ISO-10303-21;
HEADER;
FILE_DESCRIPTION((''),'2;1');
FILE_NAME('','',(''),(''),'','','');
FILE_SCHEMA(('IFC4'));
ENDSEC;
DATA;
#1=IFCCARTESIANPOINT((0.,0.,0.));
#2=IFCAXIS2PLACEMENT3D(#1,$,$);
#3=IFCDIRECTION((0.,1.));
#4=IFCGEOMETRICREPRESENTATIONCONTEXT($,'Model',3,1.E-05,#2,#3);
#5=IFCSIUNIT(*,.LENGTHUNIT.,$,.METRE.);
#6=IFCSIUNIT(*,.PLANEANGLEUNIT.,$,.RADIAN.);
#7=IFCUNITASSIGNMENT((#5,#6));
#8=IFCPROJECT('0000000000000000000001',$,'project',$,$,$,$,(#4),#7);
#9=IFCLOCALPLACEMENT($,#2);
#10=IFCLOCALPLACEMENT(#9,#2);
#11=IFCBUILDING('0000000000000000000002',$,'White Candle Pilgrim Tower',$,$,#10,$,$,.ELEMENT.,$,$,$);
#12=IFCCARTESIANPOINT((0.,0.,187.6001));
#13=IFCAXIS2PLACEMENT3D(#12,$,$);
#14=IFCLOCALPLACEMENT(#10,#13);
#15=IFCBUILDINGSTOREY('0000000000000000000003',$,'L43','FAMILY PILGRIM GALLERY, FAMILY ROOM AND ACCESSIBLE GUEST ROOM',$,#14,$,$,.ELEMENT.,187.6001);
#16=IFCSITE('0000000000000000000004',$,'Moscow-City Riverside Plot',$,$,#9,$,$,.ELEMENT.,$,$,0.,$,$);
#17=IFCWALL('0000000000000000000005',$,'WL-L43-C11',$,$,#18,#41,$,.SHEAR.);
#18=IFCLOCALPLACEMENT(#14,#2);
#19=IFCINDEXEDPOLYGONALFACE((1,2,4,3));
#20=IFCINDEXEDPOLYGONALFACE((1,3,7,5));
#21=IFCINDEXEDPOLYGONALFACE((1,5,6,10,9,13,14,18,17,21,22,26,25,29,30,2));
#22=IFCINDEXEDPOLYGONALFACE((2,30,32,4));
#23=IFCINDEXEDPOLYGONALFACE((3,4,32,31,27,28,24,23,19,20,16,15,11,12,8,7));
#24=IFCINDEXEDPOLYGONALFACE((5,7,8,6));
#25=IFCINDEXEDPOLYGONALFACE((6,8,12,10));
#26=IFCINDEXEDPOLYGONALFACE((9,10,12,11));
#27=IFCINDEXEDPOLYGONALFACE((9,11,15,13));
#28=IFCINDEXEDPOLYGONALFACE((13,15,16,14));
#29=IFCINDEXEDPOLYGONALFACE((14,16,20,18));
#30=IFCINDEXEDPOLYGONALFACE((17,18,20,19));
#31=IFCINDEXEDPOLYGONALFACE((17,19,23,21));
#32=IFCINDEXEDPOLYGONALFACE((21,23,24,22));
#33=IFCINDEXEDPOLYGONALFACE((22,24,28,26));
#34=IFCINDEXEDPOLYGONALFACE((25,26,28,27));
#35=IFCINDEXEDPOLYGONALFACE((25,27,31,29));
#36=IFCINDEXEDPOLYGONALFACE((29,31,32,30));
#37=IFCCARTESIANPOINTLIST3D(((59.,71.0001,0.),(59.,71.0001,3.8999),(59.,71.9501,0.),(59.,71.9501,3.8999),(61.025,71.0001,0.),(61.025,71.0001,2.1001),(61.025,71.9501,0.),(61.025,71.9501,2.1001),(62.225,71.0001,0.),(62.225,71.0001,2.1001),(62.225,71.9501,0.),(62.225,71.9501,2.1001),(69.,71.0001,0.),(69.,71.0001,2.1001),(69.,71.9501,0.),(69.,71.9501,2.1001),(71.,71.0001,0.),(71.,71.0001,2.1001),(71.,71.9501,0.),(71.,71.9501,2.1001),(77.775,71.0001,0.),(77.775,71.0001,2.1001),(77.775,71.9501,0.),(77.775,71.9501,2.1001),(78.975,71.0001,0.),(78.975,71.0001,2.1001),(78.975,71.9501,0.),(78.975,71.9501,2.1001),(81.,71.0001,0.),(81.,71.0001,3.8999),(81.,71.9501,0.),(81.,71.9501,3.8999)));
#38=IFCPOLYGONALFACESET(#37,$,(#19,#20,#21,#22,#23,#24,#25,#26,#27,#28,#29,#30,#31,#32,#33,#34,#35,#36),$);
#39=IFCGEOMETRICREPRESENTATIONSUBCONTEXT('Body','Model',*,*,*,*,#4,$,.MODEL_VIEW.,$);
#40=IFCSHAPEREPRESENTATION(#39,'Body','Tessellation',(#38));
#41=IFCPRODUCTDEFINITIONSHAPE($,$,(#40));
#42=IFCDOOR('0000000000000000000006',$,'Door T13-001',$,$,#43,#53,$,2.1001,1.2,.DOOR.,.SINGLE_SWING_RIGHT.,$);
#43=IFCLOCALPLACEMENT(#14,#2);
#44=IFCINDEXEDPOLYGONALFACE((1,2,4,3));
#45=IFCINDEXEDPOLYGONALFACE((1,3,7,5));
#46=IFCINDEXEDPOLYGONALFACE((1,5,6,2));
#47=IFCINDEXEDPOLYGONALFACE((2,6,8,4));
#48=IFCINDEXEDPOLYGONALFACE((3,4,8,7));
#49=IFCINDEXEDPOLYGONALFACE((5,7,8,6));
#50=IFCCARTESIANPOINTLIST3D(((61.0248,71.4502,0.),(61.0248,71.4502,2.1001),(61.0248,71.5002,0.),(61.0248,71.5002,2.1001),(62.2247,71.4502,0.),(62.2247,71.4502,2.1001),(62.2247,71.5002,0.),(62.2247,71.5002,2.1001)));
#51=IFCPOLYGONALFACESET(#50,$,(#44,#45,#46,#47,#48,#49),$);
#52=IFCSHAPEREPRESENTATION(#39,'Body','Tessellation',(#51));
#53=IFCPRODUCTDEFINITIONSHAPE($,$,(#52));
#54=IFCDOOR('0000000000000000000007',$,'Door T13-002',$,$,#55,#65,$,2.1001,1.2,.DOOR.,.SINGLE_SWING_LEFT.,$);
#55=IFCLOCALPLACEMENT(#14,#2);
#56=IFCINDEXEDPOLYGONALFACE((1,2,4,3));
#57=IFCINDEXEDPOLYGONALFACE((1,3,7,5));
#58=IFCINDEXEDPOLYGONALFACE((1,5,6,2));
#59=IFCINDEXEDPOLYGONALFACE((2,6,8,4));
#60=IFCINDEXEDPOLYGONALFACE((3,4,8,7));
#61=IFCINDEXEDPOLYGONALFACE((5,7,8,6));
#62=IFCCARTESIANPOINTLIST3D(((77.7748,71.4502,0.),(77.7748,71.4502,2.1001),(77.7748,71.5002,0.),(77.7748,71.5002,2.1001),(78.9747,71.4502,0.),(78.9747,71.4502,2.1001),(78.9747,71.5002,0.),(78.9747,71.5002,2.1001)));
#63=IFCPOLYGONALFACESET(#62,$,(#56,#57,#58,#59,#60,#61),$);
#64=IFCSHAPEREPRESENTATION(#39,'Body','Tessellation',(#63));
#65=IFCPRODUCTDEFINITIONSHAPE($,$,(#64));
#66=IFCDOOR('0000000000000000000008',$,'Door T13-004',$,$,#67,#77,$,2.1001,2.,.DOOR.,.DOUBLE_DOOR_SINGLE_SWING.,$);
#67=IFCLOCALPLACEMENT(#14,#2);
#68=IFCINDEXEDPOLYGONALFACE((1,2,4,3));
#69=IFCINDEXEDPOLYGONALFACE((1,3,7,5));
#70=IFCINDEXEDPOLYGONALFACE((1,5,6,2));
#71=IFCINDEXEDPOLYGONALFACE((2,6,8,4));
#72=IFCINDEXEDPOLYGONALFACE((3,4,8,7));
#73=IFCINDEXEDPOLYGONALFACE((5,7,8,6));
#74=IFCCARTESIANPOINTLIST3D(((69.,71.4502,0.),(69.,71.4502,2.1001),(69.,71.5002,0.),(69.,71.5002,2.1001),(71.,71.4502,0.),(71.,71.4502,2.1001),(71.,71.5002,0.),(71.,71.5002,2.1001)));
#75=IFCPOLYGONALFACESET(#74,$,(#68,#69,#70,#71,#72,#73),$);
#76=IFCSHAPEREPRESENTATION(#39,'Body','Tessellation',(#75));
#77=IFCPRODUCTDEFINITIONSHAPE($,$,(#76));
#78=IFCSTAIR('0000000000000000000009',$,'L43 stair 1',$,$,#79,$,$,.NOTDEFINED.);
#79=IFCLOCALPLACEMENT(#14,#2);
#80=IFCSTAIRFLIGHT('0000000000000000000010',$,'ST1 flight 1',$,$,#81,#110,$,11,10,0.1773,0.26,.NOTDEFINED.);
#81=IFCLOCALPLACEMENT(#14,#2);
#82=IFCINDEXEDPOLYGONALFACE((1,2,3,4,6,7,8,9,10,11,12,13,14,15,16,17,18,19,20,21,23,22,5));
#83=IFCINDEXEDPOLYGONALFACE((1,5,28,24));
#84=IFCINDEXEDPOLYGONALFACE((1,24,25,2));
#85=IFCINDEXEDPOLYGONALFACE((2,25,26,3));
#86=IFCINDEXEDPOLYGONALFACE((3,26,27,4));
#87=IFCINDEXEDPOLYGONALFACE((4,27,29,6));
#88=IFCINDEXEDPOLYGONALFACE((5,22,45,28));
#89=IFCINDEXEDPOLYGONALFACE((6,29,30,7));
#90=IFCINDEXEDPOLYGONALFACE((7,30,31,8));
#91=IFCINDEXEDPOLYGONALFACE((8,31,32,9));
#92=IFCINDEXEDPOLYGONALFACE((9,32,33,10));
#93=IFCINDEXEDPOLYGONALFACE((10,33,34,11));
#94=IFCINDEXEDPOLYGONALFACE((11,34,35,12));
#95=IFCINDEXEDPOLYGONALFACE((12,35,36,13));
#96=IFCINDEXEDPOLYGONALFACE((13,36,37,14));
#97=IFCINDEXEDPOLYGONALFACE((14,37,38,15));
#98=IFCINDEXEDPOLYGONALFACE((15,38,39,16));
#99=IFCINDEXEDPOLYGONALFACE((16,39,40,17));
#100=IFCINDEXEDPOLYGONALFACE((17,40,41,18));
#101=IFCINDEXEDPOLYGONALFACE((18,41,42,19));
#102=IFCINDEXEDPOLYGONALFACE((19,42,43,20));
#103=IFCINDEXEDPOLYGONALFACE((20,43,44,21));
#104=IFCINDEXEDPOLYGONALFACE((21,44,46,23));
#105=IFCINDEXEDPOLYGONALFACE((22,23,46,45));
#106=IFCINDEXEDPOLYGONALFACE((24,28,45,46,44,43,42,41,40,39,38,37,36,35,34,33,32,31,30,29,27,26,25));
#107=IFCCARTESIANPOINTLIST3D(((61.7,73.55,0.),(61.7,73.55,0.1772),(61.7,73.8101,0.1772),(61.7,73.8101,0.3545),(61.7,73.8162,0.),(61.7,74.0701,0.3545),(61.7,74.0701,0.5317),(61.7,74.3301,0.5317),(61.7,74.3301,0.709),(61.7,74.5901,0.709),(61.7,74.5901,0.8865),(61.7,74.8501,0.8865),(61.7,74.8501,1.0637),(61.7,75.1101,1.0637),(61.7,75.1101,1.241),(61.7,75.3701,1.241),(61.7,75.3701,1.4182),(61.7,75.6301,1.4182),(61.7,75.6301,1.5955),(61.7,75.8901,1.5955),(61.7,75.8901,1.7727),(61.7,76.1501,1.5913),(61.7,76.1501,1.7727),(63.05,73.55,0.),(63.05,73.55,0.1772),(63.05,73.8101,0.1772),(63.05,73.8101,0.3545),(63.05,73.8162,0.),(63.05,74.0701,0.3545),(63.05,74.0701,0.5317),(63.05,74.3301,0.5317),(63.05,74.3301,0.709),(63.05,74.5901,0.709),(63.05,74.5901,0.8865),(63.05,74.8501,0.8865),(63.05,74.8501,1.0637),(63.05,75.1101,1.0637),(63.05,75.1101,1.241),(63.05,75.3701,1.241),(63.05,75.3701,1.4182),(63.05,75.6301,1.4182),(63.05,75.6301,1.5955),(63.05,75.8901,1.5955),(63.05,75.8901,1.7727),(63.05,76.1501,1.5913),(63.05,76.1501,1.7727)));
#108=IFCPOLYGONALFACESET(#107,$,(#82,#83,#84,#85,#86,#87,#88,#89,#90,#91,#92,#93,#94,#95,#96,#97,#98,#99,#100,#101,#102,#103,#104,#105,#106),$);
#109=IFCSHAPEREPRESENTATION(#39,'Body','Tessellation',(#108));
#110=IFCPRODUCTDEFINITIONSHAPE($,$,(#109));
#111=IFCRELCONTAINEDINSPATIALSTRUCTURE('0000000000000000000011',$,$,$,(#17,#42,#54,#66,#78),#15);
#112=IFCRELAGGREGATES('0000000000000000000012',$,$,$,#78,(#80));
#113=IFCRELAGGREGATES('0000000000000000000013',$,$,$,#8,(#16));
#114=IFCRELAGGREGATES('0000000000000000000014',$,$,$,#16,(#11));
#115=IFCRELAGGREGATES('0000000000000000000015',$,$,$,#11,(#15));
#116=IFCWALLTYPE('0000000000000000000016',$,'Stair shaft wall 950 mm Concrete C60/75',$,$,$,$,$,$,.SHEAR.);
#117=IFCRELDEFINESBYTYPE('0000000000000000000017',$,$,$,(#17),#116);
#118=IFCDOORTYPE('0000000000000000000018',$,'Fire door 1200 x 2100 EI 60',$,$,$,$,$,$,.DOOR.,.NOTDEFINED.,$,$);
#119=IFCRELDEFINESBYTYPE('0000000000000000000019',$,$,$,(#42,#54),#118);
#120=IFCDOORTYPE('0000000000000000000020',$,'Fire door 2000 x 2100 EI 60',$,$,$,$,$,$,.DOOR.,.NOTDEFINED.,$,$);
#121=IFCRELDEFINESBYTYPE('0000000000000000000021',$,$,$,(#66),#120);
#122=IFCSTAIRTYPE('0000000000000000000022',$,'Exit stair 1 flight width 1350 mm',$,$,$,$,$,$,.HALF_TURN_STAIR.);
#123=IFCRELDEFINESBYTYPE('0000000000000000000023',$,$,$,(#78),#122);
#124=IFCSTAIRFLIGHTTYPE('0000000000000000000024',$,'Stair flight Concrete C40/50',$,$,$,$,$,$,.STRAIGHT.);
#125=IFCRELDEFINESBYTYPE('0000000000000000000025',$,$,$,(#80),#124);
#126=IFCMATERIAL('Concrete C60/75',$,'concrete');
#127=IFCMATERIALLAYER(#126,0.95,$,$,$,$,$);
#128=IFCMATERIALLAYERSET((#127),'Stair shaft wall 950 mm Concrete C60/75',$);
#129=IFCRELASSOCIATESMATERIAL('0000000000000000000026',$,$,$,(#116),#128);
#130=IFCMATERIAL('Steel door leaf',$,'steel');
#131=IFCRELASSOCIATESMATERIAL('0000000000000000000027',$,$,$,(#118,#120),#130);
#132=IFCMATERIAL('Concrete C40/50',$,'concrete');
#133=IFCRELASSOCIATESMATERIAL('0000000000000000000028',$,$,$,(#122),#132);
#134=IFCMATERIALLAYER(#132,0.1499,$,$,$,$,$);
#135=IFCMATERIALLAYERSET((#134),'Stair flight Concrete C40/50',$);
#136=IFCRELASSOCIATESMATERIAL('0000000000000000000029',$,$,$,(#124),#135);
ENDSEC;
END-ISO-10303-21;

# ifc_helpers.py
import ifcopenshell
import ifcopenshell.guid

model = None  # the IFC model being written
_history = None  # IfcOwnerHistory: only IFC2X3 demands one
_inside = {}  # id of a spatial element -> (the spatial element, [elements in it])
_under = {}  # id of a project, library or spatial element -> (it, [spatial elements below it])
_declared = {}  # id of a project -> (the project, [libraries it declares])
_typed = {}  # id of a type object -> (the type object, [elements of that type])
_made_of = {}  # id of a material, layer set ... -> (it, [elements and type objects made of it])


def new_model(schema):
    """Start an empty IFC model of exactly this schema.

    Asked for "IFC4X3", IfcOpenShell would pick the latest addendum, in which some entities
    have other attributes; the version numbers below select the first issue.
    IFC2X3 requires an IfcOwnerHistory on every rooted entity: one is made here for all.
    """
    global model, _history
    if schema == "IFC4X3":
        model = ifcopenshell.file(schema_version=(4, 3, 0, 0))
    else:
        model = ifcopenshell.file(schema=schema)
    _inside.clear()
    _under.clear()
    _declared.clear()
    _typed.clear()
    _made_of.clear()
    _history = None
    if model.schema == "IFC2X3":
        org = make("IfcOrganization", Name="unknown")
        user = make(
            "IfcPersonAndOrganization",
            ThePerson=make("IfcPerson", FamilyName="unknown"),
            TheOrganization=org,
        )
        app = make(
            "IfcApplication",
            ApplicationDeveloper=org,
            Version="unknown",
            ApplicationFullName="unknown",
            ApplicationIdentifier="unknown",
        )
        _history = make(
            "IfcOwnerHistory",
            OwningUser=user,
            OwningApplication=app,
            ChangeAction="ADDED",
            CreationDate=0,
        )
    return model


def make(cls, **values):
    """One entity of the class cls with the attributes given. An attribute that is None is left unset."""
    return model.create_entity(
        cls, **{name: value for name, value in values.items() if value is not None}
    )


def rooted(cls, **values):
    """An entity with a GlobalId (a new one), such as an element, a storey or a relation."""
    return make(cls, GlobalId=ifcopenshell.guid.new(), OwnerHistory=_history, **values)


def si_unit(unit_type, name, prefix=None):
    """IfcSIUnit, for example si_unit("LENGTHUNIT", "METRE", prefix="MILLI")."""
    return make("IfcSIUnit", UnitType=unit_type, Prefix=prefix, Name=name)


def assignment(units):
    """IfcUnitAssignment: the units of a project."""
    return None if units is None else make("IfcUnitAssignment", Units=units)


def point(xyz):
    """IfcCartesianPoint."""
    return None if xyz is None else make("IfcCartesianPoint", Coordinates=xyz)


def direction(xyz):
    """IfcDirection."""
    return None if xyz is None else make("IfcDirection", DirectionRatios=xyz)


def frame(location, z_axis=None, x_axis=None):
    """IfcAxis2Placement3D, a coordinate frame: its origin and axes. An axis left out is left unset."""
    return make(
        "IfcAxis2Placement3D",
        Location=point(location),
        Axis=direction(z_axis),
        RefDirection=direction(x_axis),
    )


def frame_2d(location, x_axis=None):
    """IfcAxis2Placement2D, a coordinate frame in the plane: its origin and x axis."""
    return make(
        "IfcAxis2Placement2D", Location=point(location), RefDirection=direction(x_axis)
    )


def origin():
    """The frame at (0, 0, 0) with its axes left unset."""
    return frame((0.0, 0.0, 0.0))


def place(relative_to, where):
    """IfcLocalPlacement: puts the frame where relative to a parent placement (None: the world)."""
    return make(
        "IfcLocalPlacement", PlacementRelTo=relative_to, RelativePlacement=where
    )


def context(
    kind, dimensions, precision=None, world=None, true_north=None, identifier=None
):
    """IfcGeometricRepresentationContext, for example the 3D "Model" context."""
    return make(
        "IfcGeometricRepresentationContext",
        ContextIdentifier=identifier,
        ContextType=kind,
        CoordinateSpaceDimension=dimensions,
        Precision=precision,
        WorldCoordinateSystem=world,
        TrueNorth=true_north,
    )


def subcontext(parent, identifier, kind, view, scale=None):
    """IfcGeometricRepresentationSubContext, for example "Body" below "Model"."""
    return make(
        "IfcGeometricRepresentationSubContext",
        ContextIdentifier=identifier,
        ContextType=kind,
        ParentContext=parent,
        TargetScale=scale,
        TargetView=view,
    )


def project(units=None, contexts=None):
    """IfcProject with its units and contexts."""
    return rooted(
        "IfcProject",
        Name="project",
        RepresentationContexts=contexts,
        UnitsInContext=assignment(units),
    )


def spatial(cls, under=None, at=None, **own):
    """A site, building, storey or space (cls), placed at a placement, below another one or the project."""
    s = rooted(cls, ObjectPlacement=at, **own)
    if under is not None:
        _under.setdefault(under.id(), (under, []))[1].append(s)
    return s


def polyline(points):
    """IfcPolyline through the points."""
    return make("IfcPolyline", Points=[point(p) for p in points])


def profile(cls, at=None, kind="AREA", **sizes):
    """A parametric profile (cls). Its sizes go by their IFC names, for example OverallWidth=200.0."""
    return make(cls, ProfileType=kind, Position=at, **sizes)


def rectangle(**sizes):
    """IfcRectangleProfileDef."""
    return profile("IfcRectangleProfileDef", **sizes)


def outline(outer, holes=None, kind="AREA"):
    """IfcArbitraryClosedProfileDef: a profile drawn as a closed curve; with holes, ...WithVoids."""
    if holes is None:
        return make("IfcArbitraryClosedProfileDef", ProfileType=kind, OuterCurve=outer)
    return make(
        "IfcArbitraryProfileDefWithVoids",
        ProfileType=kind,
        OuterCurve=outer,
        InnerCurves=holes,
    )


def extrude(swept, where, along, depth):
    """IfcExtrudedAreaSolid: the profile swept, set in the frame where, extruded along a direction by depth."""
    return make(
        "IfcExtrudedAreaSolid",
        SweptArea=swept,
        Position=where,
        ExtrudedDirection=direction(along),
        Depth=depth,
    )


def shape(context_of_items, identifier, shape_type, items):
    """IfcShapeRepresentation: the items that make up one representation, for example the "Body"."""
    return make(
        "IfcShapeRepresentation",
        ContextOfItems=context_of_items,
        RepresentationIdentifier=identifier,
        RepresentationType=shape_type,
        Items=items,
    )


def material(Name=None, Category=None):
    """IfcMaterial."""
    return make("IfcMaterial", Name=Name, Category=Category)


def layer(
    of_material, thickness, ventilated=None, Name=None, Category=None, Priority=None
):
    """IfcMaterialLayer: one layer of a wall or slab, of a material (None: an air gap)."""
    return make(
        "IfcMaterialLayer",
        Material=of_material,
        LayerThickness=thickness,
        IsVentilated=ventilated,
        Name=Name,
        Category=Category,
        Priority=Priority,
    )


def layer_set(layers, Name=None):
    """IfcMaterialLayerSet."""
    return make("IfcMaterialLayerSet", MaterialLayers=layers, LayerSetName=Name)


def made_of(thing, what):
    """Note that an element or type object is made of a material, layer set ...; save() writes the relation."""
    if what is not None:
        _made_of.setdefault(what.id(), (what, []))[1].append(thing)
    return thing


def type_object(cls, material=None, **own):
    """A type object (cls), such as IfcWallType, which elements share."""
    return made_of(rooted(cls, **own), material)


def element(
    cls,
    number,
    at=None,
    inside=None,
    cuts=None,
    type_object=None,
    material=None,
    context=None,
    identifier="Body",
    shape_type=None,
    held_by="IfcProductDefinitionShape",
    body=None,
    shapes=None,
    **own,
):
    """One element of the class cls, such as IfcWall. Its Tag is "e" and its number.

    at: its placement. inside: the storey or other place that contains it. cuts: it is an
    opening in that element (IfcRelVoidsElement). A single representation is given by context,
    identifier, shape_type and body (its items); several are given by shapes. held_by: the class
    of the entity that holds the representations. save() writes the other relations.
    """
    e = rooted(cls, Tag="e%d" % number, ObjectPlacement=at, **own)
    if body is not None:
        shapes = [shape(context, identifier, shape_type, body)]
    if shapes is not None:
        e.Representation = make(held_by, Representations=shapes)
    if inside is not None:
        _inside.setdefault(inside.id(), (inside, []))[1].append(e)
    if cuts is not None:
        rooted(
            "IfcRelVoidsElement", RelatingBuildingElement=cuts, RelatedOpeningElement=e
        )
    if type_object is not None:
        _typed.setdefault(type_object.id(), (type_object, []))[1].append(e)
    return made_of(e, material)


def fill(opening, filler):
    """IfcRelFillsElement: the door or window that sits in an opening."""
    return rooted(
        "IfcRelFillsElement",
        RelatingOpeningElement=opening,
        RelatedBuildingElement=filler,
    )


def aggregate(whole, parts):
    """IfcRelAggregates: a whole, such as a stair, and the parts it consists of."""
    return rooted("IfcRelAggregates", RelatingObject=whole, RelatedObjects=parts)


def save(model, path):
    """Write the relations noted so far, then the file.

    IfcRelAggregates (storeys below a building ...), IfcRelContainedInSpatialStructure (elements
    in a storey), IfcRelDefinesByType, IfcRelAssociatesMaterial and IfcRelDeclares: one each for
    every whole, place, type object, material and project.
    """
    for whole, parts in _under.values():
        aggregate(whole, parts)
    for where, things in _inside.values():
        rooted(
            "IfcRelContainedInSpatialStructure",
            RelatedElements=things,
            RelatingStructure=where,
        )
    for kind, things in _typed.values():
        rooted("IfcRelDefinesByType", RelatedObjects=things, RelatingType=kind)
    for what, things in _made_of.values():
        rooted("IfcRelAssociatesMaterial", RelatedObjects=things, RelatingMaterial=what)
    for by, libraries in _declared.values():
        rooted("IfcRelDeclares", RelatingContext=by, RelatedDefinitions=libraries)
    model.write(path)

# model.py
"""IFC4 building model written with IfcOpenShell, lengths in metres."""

from ifc_helpers import new_model, si_unit, direction, frame, frame_2d, origin, place, context, subcontext, project, spatial, polyline, rectangle, outline, extrude, material, layer, layer_set, type_object, element, fill, aggregate, save


model = new_model("IFC4")

# Units and contexts
model_context = context("Model", 3, precision=1e-05, world=origin(), true_north=direction((0.0, 1.0)))
body_context = subcontext(model_context, "Body", "Model", "MODEL_VIEW")
ifc_project = project(units=[si_unit("LENGTHUNIT", "METRE"), si_unit("PLANEANGLEUNIT", "RADIAN")], contexts=[model_context])

# Site, building, storey
site_placement = place(None, origin())
site = spatial("IfcSite", under=ifc_project, at=site_placement, Name="Moscow-City Riverside Plot", CompositionType="ELEMENT", RefElevation=0.0)
building_placement = place(site_placement, origin())
building = spatial("IfcBuilding", under=site, at=building_placement, Name="White Candle Pilgrim Tower", CompositionType="ELEMENT")
storey_placement = place(building_placement, frame((0.0, 0.0, 187.6001)))
storey = spatial("IfcBuildingStorey", under=building, at=storey_placement, Name="L43", Description="FAMILY PILGRIM GALLERY, FAMILY ROOM AND ACCESSIBLE GUEST ROOM", CompositionType="ELEMENT", Elevation=187.6001)

# Shared definitions
ifc_material_1 = material(Name="Concrete C60/75", Category="concrete")

# Wall, openings, doors
ifc_layer_1 = layer(ifc_material_1, 0.95)
ifc_layer_set_1 = layer_set([ifc_layer_1], Name="Stair shaft wall 950 mm Concrete C60/75")
wall_type_1 = type_object("IfcWallType", Name="Stair shaft wall 950 mm Concrete C60/75", PredefinedType="SHEAR", material=ifc_layer_set_1)
wall_1_placement = place(storey_placement, frame((59.0, 71.4751, 0.0), z_axis=(0.0, 0.0, 1.0), x_axis=(1.0, 0.0, 0.0)))
wall_1 = element("IfcWall", 1, at=wall_1_placement, inside=storey, type_object=wall_type_1, Name="WL-L43-C11", PredefinedType="SHEAR", context=body_context, shape_type="SweptSolid", body=[
    extrude(rectangle(XDim=22.0, YDim=0.95, at=frame_2d((11.0, 0.0))), origin(), (0.0, 0.0, 1.0), 3.8999),
])
opening_1_placement = place(wall_1_placement, frame((2.0249, 0.0, 0.0)))
opening_1 = element("IfcOpeningElement", 2, at=opening_1_placement, cuts=wall_1, PredefinedType="OPENING", context=body_context, shape_type="SweptSolid", body=[
    extrude(rectangle(XDim=1.2, YDim=2.1001, at=frame_2d((0.6001, 1.05))), frame((0.0, 0.4849, 0.0), z_axis=(0.0, -1.0, 0.0), x_axis=(1.0, 0.0, 0.0)), (0.0, 0.0, 1.0), 0.97),
])
opening_2_placement = place(wall_1_placement, frame((18.7749, 0.0, 0.0)))
opening_2 = element("IfcOpeningElement", 3, at=opening_2_placement, cuts=wall_1, PredefinedType="OPENING", context=body_context, shape_type="SweptSolid", body=[
    extrude(rectangle(XDim=1.2, YDim=2.1001, at=frame_2d((0.6001, 1.05))), frame((0.0, 0.4849, 0.0), z_axis=(0.0, -1.0, 0.0), x_axis=(1.0, 0.0, 0.0)), (0.0, 0.0, 1.0), 0.97),
])
opening_3_placement = place(wall_1_placement, frame((10.0, 0.0, 0.0)))
opening_3 = element("IfcOpeningElement", 4, at=opening_3_placement, cuts=wall_1, PredefinedType="OPENING", context=body_context, shape_type="SweptSolid", body=[
    extrude(rectangle(XDim=2.0, YDim=2.1001, at=frame_2d((1.0, 1.05))), frame((0.0, 0.4849, 0.0), z_axis=(0.0, -1.0, 0.0), x_axis=(1.0, 0.0, 0.0)), (0.0, 0.0, 1.0), 0.97),
])
ifc_material_2 = material(Name="Steel door leaf", Category="steel")
door_type_1 = type_object("IfcDoorType", Name="Fire door 1200 x 2100 EI 60", OperationType="NOTDEFINED", PredefinedType="DOOR", material=ifc_material_2)
door_1_placement = place(opening_1_placement, frame((1.2, 0.0, 0.0), z_axis=(0.0, 0.0, 1.0), x_axis=(-1.0, 0.0, 0.0)))
door_1 = element("IfcDoor", 5, at=door_1_placement, inside=storey, type_object=door_type_1, Name="Door T13-001", OperationType="SINGLE_SWING_RIGHT", OverallHeight=2.1001, OverallWidth=1.2, PredefinedType="DOOR", context=body_context, shape_type="SweptSolid", body=[
    extrude(rectangle(XDim=1.2, YDim=2.1001, at=frame_2d((0.6001, 1.05))), frame((0.0, 0.0249, 0.0), z_axis=(0.0, -1.0, 0.0), x_axis=(1.0, 0.0, 0.0)), (0.0, 0.0, 1.0), 0.05),
])
fill(opening_1, door_1)
door_2_placement = place(opening_2_placement, frame((1.2, 0.0, 0.0), z_axis=(0.0, 0.0, 1.0), x_axis=(-1.0, 0.0, 0.0)))
door_2 = element("IfcDoor", 6, at=door_2_placement, inside=storey, type_object=door_type_1, Name="Door T13-002", OperationType="SINGLE_SWING_LEFT", OverallHeight=2.1001, OverallWidth=1.2, PredefinedType="DOOR", context=body_context, shape_type="SweptSolid", body=[
    extrude(rectangle(XDim=1.2, YDim=2.1001, at=frame_2d((0.6001, 1.05))), frame((0.0, 0.0249, 0.0), z_axis=(0.0, -1.0, 0.0), x_axis=(1.0, 0.0, 0.0)), (0.0, 0.0, 1.0), 0.05),
])
fill(opening_2, door_2)
door_type_2 = type_object("IfcDoorType", Name="Fire door 2000 x 2100 EI 60", OperationType="NOTDEFINED", PredefinedType="DOOR", material=ifc_material_2)
door_3_placement = place(opening_3_placement, frame((2.0, 0.0, 0.0), z_axis=(0.0, 0.0, 1.0), x_axis=(-1.0, 0.0, 0.0)))
door_3 = element("IfcDoor", 7, at=door_3_placement, inside=storey, type_object=door_type_2, Name="Door T13-004", OperationType="DOUBLE_DOOR_SINGLE_SWING", OverallHeight=2.1001, OverallWidth=2.0, PredefinedType="DOOR", context=body_context, shape_type="SweptSolid", body=[
    extrude(rectangle(XDim=2.0, YDim=2.1001, at=frame_2d((1.0, 1.05))), frame((0.0, 0.0249, 0.0), z_axis=(0.0, -1.0, 0.0), x_axis=(1.0, 0.0, 0.0)), (0.0, 0.0, 1.0), 0.05),
])
fill(opening_3, door_3)

# Stair, stair flight
ifc_material_3 = material(Name="Concrete C40/50", Category="concrete")
stair_type = type_object("IfcStairType", Name="Exit stair 1 flight width 1350 mm", PredefinedType="HALF_TURN_STAIR", material=ifc_material_3)
stair_placement = place(storey_placement, origin())
stair = element("IfcStair", 8, at=stair_placement, inside=storey, type_object=stair_type, Name="L43 stair 1", PredefinedType="NOTDEFINED")
ifc_layer_2 = layer(ifc_material_3, 0.1499)
ifc_layer_set_2 = layer_set([ifc_layer_2], Name="Stair flight Concrete C40/50")
stair_flight_type = type_object("IfcStairFlightType", Name="Stair flight Concrete C40/50", PredefinedType="STRAIGHT", material=ifc_layer_set_2)
stair_flight_placement = place(storey_placement, frame((62.375, 73.55, 0.0), z_axis=(0.0, 0.0, 1.0), x_axis=(0.0, 1.0, 0.0)))
stair_flight = element("IfcStairFlight", 9, at=stair_flight_placement, type_object=stair_flight_type, Name="ST1 flight 1", NumberOfRisers=11, NumberOfTreads=10, PredefinedType="NOTDEFINED", RiserHeight=0.1773, TreadLength=0.26, context=body_context, shape_type="SweptSolid", body=[
    extrude(outline(polyline([(0.0, 0.0), (0.0, 0.1772), (0.26, 0.1772), (0.26, 0.3545), (0.52, 0.3545), (0.52, 0.5317), (0.78, 0.5317), (0.78, 0.709), (1.04, 0.709), (1.04, 0.8865), (1.3, 0.8865), (1.3, 1.0637), (1.5601, 1.0637), (1.5601, 1.241), (1.8201, 1.241), (1.8201, 1.4182), (2.0801, 1.4182), (2.0801, 1.5955), (2.3401, 1.5955), (2.3401, 1.7727), (2.6001, 1.7727), (2.6001, 1.95), (2.6001, 1.5913), (0.2661, 0.0), (0.0, 0.0)])), frame((0.0, 0.675, 0.0), z_axis=(0.0, -1.0, 0.0), x_axis=(1.0, 0.0, 0.0)), (0.0, 0.0, 1.0), 1.3501),
])
aggregate(stair, [stair_flight])

save(model, "model.ifc")
